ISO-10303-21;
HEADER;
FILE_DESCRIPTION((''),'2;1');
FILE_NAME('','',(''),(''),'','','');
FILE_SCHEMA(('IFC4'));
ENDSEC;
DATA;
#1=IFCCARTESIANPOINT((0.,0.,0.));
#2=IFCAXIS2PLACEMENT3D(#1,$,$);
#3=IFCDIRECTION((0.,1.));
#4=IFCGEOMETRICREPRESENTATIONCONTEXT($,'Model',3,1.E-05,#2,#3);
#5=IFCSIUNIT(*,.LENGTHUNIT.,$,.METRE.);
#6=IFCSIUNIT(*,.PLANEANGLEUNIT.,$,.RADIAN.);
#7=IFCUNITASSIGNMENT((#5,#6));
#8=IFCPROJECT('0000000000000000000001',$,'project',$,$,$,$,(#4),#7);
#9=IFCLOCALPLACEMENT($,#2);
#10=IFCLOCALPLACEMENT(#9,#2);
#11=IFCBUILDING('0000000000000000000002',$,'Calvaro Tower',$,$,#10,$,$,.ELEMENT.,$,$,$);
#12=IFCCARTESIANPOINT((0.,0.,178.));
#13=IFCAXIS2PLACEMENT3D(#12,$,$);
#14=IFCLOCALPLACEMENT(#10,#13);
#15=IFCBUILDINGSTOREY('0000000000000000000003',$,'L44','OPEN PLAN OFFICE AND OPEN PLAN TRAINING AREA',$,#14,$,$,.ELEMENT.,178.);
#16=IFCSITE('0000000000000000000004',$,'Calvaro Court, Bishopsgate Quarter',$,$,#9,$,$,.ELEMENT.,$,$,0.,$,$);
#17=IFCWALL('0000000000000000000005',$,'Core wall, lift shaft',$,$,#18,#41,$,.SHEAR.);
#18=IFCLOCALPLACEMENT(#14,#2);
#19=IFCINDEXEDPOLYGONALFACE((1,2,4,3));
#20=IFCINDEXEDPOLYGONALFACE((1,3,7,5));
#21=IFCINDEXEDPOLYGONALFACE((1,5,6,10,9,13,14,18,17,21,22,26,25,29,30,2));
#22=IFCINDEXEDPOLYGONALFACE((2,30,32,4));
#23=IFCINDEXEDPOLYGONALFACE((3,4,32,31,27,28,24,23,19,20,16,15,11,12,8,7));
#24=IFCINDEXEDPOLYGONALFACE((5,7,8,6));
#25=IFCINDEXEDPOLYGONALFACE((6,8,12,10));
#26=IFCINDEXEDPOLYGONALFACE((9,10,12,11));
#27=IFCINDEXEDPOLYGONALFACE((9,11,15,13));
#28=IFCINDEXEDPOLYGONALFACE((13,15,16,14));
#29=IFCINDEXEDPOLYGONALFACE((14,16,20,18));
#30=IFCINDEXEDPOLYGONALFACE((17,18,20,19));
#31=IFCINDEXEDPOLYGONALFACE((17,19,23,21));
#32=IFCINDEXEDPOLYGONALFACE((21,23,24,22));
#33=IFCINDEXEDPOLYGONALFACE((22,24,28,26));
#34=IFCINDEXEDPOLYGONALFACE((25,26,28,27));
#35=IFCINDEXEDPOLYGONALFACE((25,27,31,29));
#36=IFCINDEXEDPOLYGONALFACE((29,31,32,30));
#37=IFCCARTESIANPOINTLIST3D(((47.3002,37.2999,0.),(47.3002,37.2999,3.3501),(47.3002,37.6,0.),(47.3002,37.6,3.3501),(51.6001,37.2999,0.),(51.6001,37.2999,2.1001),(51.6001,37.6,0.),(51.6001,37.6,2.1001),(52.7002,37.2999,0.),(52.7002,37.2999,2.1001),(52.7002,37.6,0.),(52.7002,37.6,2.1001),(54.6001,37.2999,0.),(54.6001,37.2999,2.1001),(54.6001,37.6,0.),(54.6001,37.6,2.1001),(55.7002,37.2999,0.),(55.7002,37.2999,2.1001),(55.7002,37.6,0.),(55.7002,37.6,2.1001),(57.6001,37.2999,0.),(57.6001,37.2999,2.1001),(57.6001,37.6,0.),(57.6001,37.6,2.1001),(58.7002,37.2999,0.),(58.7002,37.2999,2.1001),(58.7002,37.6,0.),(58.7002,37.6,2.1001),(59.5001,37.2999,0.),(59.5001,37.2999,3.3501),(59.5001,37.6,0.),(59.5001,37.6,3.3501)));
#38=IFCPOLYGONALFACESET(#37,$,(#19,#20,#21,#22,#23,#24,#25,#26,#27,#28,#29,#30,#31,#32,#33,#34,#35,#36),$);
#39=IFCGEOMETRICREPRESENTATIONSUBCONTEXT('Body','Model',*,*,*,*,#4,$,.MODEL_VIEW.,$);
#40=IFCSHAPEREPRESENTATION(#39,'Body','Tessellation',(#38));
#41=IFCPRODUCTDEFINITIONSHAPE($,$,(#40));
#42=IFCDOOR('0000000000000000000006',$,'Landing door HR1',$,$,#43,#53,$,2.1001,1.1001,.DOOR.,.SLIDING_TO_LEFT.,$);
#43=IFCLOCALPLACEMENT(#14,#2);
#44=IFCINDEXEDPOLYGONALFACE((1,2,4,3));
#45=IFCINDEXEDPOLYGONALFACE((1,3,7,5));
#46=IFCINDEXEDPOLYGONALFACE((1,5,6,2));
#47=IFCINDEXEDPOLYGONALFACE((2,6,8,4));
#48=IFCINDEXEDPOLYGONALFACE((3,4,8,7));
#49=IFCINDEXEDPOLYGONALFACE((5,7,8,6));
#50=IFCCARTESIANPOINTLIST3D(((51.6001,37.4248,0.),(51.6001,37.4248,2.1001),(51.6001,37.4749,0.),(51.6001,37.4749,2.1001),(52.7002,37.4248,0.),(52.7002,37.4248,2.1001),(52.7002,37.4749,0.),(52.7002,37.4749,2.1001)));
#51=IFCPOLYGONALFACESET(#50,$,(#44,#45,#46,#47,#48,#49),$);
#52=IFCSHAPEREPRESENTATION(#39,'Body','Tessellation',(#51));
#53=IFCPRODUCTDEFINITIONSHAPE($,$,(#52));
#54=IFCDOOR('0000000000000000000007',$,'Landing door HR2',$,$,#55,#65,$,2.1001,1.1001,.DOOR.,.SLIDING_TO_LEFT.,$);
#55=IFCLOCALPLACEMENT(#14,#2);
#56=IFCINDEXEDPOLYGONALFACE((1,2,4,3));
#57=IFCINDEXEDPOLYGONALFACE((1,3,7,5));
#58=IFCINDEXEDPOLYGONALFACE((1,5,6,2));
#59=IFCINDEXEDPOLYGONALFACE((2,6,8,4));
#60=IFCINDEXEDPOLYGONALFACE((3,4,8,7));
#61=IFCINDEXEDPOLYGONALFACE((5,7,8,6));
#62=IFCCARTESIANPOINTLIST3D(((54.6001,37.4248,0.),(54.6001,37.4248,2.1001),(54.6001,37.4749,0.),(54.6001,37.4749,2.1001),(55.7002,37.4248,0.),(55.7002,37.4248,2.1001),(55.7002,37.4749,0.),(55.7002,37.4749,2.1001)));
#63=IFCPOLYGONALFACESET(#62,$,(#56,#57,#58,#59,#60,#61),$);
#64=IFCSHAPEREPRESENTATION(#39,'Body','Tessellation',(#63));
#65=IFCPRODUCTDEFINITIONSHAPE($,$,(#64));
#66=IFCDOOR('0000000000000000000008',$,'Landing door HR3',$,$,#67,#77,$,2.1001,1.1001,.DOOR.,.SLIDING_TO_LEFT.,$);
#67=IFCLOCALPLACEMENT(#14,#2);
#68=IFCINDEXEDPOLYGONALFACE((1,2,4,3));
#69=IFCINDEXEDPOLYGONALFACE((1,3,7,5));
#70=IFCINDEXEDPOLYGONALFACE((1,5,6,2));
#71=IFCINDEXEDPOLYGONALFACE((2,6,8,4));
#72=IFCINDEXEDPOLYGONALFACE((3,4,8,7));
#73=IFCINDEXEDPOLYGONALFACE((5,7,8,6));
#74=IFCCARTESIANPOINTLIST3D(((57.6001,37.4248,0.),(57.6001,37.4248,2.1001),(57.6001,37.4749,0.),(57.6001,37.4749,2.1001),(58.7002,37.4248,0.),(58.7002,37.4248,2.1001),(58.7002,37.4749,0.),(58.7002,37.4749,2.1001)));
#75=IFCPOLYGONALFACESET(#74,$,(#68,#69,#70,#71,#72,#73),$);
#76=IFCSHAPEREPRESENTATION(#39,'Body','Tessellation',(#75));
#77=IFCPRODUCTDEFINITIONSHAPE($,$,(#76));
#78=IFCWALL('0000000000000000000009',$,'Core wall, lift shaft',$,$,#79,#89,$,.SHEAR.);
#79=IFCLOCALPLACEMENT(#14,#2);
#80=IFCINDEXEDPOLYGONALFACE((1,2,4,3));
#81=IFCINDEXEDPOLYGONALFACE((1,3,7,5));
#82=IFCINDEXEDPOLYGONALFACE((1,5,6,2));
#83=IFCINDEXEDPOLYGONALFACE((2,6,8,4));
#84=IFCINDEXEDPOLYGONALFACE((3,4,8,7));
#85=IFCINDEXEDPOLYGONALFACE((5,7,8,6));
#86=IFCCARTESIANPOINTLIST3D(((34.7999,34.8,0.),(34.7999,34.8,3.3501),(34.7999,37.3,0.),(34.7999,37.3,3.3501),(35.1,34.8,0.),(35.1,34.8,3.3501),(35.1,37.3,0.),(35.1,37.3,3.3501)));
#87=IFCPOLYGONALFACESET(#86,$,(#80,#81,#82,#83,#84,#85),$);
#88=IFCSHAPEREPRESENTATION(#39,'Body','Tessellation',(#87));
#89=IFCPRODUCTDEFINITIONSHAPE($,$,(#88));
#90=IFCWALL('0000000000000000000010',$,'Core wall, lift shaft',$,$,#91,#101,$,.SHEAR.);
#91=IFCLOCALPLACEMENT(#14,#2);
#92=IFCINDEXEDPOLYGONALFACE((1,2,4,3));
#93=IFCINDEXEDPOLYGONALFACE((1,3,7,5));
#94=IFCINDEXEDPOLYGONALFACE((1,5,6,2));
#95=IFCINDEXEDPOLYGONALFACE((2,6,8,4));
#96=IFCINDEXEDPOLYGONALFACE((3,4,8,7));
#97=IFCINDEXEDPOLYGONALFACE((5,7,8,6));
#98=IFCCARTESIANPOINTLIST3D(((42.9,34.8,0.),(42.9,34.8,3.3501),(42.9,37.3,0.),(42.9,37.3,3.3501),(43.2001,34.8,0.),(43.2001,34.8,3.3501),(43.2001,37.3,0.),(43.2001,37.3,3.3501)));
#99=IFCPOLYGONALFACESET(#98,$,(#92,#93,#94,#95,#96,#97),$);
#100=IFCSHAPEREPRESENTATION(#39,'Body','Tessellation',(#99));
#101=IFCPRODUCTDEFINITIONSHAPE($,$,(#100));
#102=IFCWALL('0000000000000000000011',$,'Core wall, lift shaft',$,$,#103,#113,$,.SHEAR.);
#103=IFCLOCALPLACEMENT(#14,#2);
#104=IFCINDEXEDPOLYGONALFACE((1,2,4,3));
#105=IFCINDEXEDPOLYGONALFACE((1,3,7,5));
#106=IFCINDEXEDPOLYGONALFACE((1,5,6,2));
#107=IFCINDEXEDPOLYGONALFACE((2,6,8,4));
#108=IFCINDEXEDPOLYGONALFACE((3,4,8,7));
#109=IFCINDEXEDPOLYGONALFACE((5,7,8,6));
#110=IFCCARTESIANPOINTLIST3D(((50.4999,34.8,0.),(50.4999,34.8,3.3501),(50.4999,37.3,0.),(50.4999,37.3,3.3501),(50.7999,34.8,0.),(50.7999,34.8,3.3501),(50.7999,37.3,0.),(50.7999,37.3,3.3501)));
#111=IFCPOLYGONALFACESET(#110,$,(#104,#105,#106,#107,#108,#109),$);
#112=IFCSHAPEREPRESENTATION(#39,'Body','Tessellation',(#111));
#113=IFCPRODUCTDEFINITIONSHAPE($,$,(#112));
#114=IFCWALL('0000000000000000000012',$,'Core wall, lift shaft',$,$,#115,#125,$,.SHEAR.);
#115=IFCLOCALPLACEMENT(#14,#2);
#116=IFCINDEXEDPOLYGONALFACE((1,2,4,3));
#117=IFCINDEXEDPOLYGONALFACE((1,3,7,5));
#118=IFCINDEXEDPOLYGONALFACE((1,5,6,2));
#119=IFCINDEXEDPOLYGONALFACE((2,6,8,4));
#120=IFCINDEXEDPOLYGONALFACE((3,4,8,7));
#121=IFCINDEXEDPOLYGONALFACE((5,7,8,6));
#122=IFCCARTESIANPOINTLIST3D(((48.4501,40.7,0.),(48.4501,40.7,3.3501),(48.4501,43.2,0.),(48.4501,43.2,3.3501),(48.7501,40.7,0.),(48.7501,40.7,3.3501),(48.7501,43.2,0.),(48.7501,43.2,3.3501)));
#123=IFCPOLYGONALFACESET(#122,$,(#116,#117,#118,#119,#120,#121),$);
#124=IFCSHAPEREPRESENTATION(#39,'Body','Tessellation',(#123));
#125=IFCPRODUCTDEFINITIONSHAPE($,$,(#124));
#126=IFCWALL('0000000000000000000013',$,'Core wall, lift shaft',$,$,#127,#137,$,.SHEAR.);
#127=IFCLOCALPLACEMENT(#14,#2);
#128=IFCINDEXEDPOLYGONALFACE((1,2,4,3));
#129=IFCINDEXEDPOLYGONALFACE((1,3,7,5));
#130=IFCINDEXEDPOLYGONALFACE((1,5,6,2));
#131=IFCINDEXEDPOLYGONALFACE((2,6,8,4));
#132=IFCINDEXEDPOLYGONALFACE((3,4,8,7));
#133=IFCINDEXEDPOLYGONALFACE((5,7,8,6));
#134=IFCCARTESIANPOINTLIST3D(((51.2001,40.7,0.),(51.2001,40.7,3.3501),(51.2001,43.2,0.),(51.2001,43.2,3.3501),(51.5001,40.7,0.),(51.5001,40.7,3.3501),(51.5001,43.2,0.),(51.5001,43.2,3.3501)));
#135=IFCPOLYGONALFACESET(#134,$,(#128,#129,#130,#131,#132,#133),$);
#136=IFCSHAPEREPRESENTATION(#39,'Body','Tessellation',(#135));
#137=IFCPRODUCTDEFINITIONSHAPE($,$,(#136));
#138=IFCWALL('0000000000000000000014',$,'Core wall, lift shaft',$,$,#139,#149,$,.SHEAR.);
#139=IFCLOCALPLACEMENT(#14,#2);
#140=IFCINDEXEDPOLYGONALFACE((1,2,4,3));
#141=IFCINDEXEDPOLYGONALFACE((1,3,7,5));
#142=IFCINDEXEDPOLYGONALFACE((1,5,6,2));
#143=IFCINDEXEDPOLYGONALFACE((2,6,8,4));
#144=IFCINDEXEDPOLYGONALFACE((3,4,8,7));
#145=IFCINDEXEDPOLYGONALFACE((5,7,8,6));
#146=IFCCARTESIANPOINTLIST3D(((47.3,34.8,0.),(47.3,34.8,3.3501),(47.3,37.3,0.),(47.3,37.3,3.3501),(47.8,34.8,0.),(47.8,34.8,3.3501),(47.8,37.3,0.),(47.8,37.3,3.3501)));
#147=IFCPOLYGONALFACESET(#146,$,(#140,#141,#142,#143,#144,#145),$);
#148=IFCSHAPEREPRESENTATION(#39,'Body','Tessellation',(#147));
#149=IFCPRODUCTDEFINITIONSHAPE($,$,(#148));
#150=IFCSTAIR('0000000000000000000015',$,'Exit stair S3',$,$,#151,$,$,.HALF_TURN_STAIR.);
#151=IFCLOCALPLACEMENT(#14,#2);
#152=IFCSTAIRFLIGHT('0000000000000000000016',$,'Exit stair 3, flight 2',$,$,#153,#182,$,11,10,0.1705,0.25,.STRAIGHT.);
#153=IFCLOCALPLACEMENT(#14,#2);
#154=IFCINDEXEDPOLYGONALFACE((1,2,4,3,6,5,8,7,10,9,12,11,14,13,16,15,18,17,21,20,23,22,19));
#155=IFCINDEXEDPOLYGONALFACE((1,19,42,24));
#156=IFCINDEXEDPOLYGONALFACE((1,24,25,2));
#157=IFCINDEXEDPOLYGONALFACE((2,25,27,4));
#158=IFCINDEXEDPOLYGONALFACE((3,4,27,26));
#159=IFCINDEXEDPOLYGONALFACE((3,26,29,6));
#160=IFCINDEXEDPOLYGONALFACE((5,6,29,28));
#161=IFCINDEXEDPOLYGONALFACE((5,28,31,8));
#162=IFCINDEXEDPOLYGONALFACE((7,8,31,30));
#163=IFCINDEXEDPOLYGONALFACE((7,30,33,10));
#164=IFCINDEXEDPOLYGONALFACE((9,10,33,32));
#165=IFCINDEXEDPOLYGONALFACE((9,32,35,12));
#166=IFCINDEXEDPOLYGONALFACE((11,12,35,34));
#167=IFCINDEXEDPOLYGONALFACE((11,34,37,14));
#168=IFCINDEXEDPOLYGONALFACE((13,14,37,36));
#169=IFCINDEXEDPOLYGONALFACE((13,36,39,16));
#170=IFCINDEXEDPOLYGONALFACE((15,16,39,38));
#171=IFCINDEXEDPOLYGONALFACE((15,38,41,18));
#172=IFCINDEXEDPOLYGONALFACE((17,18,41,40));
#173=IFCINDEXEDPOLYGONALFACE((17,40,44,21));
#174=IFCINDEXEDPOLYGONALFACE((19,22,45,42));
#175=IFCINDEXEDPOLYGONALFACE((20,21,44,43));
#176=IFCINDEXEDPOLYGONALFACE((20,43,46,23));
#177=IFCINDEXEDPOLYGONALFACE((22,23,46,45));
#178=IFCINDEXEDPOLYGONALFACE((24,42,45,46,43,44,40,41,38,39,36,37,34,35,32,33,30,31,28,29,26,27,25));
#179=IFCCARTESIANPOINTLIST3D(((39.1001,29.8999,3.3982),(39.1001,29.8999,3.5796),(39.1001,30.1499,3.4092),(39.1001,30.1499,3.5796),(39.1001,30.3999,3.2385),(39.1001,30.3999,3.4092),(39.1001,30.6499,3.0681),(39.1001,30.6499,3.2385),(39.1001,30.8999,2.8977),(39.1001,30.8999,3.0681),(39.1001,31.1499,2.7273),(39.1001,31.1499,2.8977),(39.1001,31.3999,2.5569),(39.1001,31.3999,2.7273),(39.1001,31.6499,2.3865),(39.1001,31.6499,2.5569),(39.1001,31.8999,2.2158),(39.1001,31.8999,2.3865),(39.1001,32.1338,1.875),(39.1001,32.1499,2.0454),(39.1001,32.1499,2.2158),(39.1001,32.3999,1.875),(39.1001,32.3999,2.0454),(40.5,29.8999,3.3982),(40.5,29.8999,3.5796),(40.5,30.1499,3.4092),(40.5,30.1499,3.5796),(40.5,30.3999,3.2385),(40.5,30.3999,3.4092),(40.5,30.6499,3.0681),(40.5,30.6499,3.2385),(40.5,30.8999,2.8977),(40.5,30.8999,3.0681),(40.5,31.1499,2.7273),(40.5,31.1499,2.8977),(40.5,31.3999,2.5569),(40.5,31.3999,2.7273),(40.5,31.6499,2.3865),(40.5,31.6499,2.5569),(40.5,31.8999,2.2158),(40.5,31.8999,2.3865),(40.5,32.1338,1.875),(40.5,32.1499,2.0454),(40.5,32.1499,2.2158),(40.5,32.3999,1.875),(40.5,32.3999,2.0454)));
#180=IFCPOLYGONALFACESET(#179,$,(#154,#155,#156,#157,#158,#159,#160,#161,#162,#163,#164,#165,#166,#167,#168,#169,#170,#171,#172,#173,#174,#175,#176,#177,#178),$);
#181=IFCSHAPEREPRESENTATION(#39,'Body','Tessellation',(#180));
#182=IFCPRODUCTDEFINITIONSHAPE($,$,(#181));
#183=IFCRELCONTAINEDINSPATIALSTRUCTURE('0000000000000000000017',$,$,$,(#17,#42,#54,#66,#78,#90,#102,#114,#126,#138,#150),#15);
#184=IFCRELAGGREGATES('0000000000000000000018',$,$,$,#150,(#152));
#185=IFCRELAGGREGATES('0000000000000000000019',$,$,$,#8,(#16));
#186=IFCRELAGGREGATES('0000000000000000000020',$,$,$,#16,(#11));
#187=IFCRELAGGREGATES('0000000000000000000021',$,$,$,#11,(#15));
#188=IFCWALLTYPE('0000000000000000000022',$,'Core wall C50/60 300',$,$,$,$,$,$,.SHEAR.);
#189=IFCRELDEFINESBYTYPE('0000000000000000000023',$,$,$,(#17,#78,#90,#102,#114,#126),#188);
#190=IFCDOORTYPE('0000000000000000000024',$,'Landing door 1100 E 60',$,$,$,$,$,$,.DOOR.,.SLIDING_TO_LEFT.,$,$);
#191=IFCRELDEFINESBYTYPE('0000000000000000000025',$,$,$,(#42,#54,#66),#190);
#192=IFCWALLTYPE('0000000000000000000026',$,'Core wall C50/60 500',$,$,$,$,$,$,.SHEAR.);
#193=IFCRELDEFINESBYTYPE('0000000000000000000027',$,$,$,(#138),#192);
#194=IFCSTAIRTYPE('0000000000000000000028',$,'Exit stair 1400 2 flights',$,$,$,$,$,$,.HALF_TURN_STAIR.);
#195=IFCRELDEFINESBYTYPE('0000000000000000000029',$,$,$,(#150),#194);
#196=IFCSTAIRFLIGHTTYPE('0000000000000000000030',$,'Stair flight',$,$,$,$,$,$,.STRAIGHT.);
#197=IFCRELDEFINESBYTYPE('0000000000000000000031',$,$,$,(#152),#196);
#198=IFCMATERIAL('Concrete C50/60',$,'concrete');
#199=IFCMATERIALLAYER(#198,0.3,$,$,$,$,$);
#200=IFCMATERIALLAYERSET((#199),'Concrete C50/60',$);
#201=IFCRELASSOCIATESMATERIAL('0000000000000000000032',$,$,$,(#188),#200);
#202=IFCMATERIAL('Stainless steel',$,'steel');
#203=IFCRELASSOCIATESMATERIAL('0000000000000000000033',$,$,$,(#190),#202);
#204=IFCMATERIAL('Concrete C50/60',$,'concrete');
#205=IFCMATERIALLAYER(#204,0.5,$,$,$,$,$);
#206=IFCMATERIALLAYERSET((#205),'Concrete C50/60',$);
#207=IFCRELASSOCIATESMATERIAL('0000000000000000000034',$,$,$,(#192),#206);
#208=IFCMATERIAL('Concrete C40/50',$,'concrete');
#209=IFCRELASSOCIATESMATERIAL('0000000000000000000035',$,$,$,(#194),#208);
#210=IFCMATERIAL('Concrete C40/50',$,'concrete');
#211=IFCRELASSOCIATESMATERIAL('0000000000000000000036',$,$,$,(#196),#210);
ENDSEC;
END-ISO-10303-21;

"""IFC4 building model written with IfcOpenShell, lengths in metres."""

from ifc_helpers import new_model, si_unit, direction, frame, frame_2d, origin, place, context, subcontext, project, spatial, polyline, rectangle, outline, extrude, material, layer, layer_set, type_object, element, fill, aggregate, save


model = new_model("IFC4")

# Units and contexts
model_context = context("Model", 3, precision=1e-05, world=origin(), true_north=direction((0.0, 1.0)))
body_context = subcontext(model_context, "Body", "Model", "MODEL_VIEW")
ifc_project = project(units=[si_unit("LENGTHUNIT", "METRE"), si_unit("PLANEANGLEUNIT", "RADIAN")], contexts=[model_context])

# Site, building, storey
site_placement = place(None, origin())
site = spatial("IfcSite", under=ifc_project, at=site_placement, Name="Calvaro Court, Bishopsgate Quarter", CompositionType="ELEMENT", RefElevation=0.0)
building_placement = place(site_placement, origin())
building = spatial("IfcBuilding", under=site, at=building_placement, Name="Calvaro Tower", CompositionType="ELEMENT")
storey_placement = place(building_placement, frame((0.0, 0.0, 178.0)))
storey = spatial("IfcBuildingStorey", under=building, at=storey_placement, Name="L44", Description="OPEN PLAN OFFICE AND OPEN PLAN TRAINING AREA", CompositionType="ELEMENT", Elevation=178.0)

# Shared definitions
ifc_material_1 = material(Name="Concrete C50/60", Category="concrete")
ifc_layer_1 = layer(ifc_material_1, 0.3)
ifc_layer_set_1 = layer_set([ifc_layer_1], Name="Concrete C50/60")
wall_type_1 = type_object("IfcWallType", Name="Core wall C50/60 300", PredefinedType="SHEAR", material=ifc_layer_set_1)
ifc_material_2 = material(Name="Stainless steel", Category="steel")
door_type_1 = type_object("IfcDoorType", Name="Landing door 1100 E 60", OperationType="SLIDING_TO_LEFT", PredefinedType="DOOR", material=ifc_material_2)

# Wall, openings, doors
wall_1_placement = place(storey_placement, frame((47.3, 37.45, 0.0), z_axis=(0.0, 0.0, 1.0), x_axis=(1.0, 0.0, 0.0)))
wall_1 = element("IfcWall", 1, at=wall_1_placement, inside=storey, type_object=wall_type_1, Name="Core wall, lift shaft", PredefinedType="SHEAR", context=body_context, shape_type="SweptSolid", body=[
    extrude(rectangle(XDim=12.2, YDim=0.3, at=frame_2d((6.1001, 0.0))), origin(), (0.0, 0.0, 1.0), 3.3501),
])
opening_1_placement = place(wall_1_placement, frame((4.3, 0.0, 0.0)))
opening_1 = element("IfcOpeningElement", 2, at=opening_1_placement, cuts=wall_1, PredefinedType="OPENING", context=body_context, shape_type="SweptSolid", body=[
    extrude(rectangle(XDim=1.1001, YDim=2.1001, at=frame_2d((0.55, 1.05))), frame((0.0, 0.1599, 0.0), z_axis=(0.0, -1.0, 0.0), x_axis=(1.0, 0.0, 0.0)), (0.0, 0.0, 1.0), 0.3201),
])
opening_2_placement = place(wall_1_placement, frame((7.3, 0.0, 0.0)))
opening_2 = element("IfcOpeningElement", 3, at=opening_2_placement, cuts=wall_1, PredefinedType="OPENING", context=body_context, shape_type="SweptSolid", body=[
    extrude(rectangle(XDim=1.1001, YDim=2.1001, at=frame_2d((0.55, 1.05))), frame((0.0, 0.1599, 0.0), z_axis=(0.0, -1.0, 0.0), x_axis=(1.0, 0.0, 0.0)), (0.0, 0.0, 1.0), 0.3201),
])
opening_3_placement = place(wall_1_placement, frame((10.3, 0.0, 0.0)))
opening_3 = element("IfcOpeningElement", 4, at=opening_3_placement, cuts=wall_1, PredefinedType="OPENING", context=body_context, shape_type="SweptSolid", body=[
    extrude(rectangle(XDim=1.1001, YDim=2.1001, at=frame_2d((0.55, 1.05))), frame((0.0, 0.1599, 0.0), z_axis=(0.0, -1.0, 0.0), x_axis=(1.0, 0.0, 0.0)), (0.0, 0.0, 1.0), 0.3201),
])
door_1_placement = place(opening_1_placement, origin())
door_1 = element("IfcDoor", 5, at=door_1_placement, inside=storey, type_object=door_type_1, Name="Landing door HR1", OperationType="SLIDING_TO_LEFT", OverallHeight=2.1001, OverallWidth=1.1001, PredefinedType="DOOR", context=body_context, shape_type="SweptSolid", body=[
    extrude(rectangle(XDim=1.1001, YDim=2.1001, at=frame_2d((0.55, 1.05))), frame((0.0, 0.0249, 0.0), z_axis=(0.0, -1.0, 0.0), x_axis=(1.0, 0.0, 0.0)), (0.0, 0.0, 1.0), 0.05),
])
fill(opening_1, door_1)
door_2_placement = place(opening_2_placement, origin())
door_2 = element("IfcDoor", 6, at=door_2_placement, inside=storey, type_object=door_type_1, Name="Landing door HR2", OperationType="SLIDING_TO_LEFT", OverallHeight=2.1001, OverallWidth=1.1001, PredefinedType="DOOR", context=body_context, shape_type="SweptSolid", body=[
    extrude(rectangle(XDim=1.1001, YDim=2.1001, at=frame_2d((0.55, 1.05))), frame((0.0, 0.0249, 0.0), z_axis=(0.0, -1.0, 0.0), x_axis=(1.0, 0.0, 0.0)), (0.0, 0.0, 1.0), 0.05),
])
fill(opening_2, door_2)
door_3_placement = place(opening_3_placement, origin())
door_3 = element("IfcDoor", 7, at=door_3_placement, inside=storey, type_object=door_type_1, Name="Landing door HR3", OperationType="SLIDING_TO_LEFT", OverallHeight=2.1001, OverallWidth=1.1001, PredefinedType="DOOR", context=body_context, shape_type="SweptSolid", body=[
    extrude(rectangle(XDim=1.1001, YDim=2.1001, at=frame_2d((0.55, 1.05))), frame((0.0, 0.0249, 0.0), z_axis=(0.0, -1.0, 0.0), x_axis=(1.0, 0.0, 0.0)), (0.0, 0.0, 1.0), 0.05),
])
fill(opening_3, door_3)

# Walls
for number, where, z_axis, x_axis, name in (
    (8, (34.95, 34.8, 0.0), (0.0, 0.0, 1.0), (0.0, 1.0, 0.0), "Core wall, lift shaft"),
    (9, (43.05, 34.8, 0.0), (0.0, 0.0, 1.0), (0.0, 1.0, 0.0), "Core wall, lift shaft"),
    (10, (50.6499, 34.8, 0.0), (0.0, 0.0, 1.0), (0.0, 1.0, 0.0), "Core wall, lift shaft"),
    (11, (48.6001, 40.7, 0.0), (0.0, 0.0, 1.0), (0.0, 1.0, 0.0), "Core wall, lift shaft"),
    (12, (51.3501, 40.7, 0.0), (0.0, 0.0, 1.0), (0.0, 1.0, 0.0), "Core wall, lift shaft"),
):
    element("IfcWall", number, at=place(storey_placement, frame(where, z_axis=z_axis, x_axis=x_axis)), inside=storey, type_object=wall_type_1, Name=name, PredefinedType="SHEAR", context=body_context, shape_type="SweptSolid", body=[
        extrude(rectangle(XDim=2.5, YDim=0.3, at=frame_2d((1.25, 0.0))), origin(), (0.0, 0.0, 1.0), 3.3501),
    ])
ifc_material_3 = material(Name="Concrete C50/60", Category="concrete")
ifc_layer_2 = layer(ifc_material_3, 0.5)
ifc_layer_set_2 = layer_set([ifc_layer_2], Name="Concrete C50/60")
wall_type_2 = type_object("IfcWallType", Name="Core wall C50/60 500", PredefinedType="SHEAR", material=ifc_layer_set_2)
wall_2_placement = place(storey_placement, frame((47.55, 34.8, 0.0), z_axis=(0.0, 0.0, 1.0), x_axis=(0.0, 1.0, 0.0)))
element("IfcWall", 13, at=wall_2_placement, inside=storey, type_object=wall_type_2, Name="Core wall, lift shaft", PredefinedType="SHEAR", context=body_context, shape_type="SweptSolid", body=[
    extrude(rectangle(XDim=2.5, YDim=0.5, at=frame_2d((1.25, 0.0))), origin(), (0.0, 0.0, 1.0), 3.3501),
])

# Stair, stair flight
ifc_material_4 = material(Name="Concrete C40/50", Category="concrete")
stair_type = type_object("IfcStairType", Name="Exit stair 1400 2 flights", PredefinedType="HALF_TURN_STAIR", material=ifc_material_4)
stair_1_placement = place(storey_placement, origin())
stair_1 = element("IfcStair", 14, at=stair_1_placement, inside=storey, type_object=stair_type, Name="Exit stair S3", PredefinedType="HALF_TURN_STAIR")
ifc_material_5 = material(Name="Concrete C40/50", Category="concrete")
stair_flight_type = type_object("IfcStairFlightType", Name="Stair flight", PredefinedType="STRAIGHT", material=ifc_material_5)
stair_flight_1_placement = place(storey_placement, frame((39.8, 32.3999, 1.875), z_axis=(0.0, 0.0, 1.0), x_axis=(0.0, -1.0, 0.0)))
stair_flight_1 = element("IfcStairFlight", 15, at=stair_flight_1_placement, type_object=stair_flight_type, Name="Exit stair 3, flight 2", NumberOfRisers=11, NumberOfTreads=10, PredefinedType="STRAIGHT", RiserHeight=0.1705, TreadLength=0.25, context=body_context, shape_type="SweptSolid", body=[
    extrude(outline(polyline([(0.0, 0.0), (0.0, 0.1704), (0.25, 0.1704), (0.25, 0.3408), (0.5, 0.3408), (0.5, 0.5115), (0.75, 0.5115), (0.75, 0.6819), (1.0, 0.6819), (1.0, 0.8523), (1.25, 0.8523), (1.25, 1.0227), (1.5, 1.0227), (1.5, 1.1931), (1.75, 1.1931), (1.75, 1.3635), (2.0, 1.3635), (2.0, 1.5342), (2.25, 1.5342), (2.25, 1.7046), (2.5, 1.7046), (2.5, 1.875), (2.5, 1.5232), (0.2661, 0.0), (0.0, 0.0)])), frame((0.0, 0.7, 0.0), z_axis=(0.0, -1.0, 0.0), x_axis=(1.0, 0.0, 0.0)), (0.0, 0.0, 1.0), 1.3999),
])

aggregate(stair_1, [stair_flight_1])

save(model, "model.ifc")
